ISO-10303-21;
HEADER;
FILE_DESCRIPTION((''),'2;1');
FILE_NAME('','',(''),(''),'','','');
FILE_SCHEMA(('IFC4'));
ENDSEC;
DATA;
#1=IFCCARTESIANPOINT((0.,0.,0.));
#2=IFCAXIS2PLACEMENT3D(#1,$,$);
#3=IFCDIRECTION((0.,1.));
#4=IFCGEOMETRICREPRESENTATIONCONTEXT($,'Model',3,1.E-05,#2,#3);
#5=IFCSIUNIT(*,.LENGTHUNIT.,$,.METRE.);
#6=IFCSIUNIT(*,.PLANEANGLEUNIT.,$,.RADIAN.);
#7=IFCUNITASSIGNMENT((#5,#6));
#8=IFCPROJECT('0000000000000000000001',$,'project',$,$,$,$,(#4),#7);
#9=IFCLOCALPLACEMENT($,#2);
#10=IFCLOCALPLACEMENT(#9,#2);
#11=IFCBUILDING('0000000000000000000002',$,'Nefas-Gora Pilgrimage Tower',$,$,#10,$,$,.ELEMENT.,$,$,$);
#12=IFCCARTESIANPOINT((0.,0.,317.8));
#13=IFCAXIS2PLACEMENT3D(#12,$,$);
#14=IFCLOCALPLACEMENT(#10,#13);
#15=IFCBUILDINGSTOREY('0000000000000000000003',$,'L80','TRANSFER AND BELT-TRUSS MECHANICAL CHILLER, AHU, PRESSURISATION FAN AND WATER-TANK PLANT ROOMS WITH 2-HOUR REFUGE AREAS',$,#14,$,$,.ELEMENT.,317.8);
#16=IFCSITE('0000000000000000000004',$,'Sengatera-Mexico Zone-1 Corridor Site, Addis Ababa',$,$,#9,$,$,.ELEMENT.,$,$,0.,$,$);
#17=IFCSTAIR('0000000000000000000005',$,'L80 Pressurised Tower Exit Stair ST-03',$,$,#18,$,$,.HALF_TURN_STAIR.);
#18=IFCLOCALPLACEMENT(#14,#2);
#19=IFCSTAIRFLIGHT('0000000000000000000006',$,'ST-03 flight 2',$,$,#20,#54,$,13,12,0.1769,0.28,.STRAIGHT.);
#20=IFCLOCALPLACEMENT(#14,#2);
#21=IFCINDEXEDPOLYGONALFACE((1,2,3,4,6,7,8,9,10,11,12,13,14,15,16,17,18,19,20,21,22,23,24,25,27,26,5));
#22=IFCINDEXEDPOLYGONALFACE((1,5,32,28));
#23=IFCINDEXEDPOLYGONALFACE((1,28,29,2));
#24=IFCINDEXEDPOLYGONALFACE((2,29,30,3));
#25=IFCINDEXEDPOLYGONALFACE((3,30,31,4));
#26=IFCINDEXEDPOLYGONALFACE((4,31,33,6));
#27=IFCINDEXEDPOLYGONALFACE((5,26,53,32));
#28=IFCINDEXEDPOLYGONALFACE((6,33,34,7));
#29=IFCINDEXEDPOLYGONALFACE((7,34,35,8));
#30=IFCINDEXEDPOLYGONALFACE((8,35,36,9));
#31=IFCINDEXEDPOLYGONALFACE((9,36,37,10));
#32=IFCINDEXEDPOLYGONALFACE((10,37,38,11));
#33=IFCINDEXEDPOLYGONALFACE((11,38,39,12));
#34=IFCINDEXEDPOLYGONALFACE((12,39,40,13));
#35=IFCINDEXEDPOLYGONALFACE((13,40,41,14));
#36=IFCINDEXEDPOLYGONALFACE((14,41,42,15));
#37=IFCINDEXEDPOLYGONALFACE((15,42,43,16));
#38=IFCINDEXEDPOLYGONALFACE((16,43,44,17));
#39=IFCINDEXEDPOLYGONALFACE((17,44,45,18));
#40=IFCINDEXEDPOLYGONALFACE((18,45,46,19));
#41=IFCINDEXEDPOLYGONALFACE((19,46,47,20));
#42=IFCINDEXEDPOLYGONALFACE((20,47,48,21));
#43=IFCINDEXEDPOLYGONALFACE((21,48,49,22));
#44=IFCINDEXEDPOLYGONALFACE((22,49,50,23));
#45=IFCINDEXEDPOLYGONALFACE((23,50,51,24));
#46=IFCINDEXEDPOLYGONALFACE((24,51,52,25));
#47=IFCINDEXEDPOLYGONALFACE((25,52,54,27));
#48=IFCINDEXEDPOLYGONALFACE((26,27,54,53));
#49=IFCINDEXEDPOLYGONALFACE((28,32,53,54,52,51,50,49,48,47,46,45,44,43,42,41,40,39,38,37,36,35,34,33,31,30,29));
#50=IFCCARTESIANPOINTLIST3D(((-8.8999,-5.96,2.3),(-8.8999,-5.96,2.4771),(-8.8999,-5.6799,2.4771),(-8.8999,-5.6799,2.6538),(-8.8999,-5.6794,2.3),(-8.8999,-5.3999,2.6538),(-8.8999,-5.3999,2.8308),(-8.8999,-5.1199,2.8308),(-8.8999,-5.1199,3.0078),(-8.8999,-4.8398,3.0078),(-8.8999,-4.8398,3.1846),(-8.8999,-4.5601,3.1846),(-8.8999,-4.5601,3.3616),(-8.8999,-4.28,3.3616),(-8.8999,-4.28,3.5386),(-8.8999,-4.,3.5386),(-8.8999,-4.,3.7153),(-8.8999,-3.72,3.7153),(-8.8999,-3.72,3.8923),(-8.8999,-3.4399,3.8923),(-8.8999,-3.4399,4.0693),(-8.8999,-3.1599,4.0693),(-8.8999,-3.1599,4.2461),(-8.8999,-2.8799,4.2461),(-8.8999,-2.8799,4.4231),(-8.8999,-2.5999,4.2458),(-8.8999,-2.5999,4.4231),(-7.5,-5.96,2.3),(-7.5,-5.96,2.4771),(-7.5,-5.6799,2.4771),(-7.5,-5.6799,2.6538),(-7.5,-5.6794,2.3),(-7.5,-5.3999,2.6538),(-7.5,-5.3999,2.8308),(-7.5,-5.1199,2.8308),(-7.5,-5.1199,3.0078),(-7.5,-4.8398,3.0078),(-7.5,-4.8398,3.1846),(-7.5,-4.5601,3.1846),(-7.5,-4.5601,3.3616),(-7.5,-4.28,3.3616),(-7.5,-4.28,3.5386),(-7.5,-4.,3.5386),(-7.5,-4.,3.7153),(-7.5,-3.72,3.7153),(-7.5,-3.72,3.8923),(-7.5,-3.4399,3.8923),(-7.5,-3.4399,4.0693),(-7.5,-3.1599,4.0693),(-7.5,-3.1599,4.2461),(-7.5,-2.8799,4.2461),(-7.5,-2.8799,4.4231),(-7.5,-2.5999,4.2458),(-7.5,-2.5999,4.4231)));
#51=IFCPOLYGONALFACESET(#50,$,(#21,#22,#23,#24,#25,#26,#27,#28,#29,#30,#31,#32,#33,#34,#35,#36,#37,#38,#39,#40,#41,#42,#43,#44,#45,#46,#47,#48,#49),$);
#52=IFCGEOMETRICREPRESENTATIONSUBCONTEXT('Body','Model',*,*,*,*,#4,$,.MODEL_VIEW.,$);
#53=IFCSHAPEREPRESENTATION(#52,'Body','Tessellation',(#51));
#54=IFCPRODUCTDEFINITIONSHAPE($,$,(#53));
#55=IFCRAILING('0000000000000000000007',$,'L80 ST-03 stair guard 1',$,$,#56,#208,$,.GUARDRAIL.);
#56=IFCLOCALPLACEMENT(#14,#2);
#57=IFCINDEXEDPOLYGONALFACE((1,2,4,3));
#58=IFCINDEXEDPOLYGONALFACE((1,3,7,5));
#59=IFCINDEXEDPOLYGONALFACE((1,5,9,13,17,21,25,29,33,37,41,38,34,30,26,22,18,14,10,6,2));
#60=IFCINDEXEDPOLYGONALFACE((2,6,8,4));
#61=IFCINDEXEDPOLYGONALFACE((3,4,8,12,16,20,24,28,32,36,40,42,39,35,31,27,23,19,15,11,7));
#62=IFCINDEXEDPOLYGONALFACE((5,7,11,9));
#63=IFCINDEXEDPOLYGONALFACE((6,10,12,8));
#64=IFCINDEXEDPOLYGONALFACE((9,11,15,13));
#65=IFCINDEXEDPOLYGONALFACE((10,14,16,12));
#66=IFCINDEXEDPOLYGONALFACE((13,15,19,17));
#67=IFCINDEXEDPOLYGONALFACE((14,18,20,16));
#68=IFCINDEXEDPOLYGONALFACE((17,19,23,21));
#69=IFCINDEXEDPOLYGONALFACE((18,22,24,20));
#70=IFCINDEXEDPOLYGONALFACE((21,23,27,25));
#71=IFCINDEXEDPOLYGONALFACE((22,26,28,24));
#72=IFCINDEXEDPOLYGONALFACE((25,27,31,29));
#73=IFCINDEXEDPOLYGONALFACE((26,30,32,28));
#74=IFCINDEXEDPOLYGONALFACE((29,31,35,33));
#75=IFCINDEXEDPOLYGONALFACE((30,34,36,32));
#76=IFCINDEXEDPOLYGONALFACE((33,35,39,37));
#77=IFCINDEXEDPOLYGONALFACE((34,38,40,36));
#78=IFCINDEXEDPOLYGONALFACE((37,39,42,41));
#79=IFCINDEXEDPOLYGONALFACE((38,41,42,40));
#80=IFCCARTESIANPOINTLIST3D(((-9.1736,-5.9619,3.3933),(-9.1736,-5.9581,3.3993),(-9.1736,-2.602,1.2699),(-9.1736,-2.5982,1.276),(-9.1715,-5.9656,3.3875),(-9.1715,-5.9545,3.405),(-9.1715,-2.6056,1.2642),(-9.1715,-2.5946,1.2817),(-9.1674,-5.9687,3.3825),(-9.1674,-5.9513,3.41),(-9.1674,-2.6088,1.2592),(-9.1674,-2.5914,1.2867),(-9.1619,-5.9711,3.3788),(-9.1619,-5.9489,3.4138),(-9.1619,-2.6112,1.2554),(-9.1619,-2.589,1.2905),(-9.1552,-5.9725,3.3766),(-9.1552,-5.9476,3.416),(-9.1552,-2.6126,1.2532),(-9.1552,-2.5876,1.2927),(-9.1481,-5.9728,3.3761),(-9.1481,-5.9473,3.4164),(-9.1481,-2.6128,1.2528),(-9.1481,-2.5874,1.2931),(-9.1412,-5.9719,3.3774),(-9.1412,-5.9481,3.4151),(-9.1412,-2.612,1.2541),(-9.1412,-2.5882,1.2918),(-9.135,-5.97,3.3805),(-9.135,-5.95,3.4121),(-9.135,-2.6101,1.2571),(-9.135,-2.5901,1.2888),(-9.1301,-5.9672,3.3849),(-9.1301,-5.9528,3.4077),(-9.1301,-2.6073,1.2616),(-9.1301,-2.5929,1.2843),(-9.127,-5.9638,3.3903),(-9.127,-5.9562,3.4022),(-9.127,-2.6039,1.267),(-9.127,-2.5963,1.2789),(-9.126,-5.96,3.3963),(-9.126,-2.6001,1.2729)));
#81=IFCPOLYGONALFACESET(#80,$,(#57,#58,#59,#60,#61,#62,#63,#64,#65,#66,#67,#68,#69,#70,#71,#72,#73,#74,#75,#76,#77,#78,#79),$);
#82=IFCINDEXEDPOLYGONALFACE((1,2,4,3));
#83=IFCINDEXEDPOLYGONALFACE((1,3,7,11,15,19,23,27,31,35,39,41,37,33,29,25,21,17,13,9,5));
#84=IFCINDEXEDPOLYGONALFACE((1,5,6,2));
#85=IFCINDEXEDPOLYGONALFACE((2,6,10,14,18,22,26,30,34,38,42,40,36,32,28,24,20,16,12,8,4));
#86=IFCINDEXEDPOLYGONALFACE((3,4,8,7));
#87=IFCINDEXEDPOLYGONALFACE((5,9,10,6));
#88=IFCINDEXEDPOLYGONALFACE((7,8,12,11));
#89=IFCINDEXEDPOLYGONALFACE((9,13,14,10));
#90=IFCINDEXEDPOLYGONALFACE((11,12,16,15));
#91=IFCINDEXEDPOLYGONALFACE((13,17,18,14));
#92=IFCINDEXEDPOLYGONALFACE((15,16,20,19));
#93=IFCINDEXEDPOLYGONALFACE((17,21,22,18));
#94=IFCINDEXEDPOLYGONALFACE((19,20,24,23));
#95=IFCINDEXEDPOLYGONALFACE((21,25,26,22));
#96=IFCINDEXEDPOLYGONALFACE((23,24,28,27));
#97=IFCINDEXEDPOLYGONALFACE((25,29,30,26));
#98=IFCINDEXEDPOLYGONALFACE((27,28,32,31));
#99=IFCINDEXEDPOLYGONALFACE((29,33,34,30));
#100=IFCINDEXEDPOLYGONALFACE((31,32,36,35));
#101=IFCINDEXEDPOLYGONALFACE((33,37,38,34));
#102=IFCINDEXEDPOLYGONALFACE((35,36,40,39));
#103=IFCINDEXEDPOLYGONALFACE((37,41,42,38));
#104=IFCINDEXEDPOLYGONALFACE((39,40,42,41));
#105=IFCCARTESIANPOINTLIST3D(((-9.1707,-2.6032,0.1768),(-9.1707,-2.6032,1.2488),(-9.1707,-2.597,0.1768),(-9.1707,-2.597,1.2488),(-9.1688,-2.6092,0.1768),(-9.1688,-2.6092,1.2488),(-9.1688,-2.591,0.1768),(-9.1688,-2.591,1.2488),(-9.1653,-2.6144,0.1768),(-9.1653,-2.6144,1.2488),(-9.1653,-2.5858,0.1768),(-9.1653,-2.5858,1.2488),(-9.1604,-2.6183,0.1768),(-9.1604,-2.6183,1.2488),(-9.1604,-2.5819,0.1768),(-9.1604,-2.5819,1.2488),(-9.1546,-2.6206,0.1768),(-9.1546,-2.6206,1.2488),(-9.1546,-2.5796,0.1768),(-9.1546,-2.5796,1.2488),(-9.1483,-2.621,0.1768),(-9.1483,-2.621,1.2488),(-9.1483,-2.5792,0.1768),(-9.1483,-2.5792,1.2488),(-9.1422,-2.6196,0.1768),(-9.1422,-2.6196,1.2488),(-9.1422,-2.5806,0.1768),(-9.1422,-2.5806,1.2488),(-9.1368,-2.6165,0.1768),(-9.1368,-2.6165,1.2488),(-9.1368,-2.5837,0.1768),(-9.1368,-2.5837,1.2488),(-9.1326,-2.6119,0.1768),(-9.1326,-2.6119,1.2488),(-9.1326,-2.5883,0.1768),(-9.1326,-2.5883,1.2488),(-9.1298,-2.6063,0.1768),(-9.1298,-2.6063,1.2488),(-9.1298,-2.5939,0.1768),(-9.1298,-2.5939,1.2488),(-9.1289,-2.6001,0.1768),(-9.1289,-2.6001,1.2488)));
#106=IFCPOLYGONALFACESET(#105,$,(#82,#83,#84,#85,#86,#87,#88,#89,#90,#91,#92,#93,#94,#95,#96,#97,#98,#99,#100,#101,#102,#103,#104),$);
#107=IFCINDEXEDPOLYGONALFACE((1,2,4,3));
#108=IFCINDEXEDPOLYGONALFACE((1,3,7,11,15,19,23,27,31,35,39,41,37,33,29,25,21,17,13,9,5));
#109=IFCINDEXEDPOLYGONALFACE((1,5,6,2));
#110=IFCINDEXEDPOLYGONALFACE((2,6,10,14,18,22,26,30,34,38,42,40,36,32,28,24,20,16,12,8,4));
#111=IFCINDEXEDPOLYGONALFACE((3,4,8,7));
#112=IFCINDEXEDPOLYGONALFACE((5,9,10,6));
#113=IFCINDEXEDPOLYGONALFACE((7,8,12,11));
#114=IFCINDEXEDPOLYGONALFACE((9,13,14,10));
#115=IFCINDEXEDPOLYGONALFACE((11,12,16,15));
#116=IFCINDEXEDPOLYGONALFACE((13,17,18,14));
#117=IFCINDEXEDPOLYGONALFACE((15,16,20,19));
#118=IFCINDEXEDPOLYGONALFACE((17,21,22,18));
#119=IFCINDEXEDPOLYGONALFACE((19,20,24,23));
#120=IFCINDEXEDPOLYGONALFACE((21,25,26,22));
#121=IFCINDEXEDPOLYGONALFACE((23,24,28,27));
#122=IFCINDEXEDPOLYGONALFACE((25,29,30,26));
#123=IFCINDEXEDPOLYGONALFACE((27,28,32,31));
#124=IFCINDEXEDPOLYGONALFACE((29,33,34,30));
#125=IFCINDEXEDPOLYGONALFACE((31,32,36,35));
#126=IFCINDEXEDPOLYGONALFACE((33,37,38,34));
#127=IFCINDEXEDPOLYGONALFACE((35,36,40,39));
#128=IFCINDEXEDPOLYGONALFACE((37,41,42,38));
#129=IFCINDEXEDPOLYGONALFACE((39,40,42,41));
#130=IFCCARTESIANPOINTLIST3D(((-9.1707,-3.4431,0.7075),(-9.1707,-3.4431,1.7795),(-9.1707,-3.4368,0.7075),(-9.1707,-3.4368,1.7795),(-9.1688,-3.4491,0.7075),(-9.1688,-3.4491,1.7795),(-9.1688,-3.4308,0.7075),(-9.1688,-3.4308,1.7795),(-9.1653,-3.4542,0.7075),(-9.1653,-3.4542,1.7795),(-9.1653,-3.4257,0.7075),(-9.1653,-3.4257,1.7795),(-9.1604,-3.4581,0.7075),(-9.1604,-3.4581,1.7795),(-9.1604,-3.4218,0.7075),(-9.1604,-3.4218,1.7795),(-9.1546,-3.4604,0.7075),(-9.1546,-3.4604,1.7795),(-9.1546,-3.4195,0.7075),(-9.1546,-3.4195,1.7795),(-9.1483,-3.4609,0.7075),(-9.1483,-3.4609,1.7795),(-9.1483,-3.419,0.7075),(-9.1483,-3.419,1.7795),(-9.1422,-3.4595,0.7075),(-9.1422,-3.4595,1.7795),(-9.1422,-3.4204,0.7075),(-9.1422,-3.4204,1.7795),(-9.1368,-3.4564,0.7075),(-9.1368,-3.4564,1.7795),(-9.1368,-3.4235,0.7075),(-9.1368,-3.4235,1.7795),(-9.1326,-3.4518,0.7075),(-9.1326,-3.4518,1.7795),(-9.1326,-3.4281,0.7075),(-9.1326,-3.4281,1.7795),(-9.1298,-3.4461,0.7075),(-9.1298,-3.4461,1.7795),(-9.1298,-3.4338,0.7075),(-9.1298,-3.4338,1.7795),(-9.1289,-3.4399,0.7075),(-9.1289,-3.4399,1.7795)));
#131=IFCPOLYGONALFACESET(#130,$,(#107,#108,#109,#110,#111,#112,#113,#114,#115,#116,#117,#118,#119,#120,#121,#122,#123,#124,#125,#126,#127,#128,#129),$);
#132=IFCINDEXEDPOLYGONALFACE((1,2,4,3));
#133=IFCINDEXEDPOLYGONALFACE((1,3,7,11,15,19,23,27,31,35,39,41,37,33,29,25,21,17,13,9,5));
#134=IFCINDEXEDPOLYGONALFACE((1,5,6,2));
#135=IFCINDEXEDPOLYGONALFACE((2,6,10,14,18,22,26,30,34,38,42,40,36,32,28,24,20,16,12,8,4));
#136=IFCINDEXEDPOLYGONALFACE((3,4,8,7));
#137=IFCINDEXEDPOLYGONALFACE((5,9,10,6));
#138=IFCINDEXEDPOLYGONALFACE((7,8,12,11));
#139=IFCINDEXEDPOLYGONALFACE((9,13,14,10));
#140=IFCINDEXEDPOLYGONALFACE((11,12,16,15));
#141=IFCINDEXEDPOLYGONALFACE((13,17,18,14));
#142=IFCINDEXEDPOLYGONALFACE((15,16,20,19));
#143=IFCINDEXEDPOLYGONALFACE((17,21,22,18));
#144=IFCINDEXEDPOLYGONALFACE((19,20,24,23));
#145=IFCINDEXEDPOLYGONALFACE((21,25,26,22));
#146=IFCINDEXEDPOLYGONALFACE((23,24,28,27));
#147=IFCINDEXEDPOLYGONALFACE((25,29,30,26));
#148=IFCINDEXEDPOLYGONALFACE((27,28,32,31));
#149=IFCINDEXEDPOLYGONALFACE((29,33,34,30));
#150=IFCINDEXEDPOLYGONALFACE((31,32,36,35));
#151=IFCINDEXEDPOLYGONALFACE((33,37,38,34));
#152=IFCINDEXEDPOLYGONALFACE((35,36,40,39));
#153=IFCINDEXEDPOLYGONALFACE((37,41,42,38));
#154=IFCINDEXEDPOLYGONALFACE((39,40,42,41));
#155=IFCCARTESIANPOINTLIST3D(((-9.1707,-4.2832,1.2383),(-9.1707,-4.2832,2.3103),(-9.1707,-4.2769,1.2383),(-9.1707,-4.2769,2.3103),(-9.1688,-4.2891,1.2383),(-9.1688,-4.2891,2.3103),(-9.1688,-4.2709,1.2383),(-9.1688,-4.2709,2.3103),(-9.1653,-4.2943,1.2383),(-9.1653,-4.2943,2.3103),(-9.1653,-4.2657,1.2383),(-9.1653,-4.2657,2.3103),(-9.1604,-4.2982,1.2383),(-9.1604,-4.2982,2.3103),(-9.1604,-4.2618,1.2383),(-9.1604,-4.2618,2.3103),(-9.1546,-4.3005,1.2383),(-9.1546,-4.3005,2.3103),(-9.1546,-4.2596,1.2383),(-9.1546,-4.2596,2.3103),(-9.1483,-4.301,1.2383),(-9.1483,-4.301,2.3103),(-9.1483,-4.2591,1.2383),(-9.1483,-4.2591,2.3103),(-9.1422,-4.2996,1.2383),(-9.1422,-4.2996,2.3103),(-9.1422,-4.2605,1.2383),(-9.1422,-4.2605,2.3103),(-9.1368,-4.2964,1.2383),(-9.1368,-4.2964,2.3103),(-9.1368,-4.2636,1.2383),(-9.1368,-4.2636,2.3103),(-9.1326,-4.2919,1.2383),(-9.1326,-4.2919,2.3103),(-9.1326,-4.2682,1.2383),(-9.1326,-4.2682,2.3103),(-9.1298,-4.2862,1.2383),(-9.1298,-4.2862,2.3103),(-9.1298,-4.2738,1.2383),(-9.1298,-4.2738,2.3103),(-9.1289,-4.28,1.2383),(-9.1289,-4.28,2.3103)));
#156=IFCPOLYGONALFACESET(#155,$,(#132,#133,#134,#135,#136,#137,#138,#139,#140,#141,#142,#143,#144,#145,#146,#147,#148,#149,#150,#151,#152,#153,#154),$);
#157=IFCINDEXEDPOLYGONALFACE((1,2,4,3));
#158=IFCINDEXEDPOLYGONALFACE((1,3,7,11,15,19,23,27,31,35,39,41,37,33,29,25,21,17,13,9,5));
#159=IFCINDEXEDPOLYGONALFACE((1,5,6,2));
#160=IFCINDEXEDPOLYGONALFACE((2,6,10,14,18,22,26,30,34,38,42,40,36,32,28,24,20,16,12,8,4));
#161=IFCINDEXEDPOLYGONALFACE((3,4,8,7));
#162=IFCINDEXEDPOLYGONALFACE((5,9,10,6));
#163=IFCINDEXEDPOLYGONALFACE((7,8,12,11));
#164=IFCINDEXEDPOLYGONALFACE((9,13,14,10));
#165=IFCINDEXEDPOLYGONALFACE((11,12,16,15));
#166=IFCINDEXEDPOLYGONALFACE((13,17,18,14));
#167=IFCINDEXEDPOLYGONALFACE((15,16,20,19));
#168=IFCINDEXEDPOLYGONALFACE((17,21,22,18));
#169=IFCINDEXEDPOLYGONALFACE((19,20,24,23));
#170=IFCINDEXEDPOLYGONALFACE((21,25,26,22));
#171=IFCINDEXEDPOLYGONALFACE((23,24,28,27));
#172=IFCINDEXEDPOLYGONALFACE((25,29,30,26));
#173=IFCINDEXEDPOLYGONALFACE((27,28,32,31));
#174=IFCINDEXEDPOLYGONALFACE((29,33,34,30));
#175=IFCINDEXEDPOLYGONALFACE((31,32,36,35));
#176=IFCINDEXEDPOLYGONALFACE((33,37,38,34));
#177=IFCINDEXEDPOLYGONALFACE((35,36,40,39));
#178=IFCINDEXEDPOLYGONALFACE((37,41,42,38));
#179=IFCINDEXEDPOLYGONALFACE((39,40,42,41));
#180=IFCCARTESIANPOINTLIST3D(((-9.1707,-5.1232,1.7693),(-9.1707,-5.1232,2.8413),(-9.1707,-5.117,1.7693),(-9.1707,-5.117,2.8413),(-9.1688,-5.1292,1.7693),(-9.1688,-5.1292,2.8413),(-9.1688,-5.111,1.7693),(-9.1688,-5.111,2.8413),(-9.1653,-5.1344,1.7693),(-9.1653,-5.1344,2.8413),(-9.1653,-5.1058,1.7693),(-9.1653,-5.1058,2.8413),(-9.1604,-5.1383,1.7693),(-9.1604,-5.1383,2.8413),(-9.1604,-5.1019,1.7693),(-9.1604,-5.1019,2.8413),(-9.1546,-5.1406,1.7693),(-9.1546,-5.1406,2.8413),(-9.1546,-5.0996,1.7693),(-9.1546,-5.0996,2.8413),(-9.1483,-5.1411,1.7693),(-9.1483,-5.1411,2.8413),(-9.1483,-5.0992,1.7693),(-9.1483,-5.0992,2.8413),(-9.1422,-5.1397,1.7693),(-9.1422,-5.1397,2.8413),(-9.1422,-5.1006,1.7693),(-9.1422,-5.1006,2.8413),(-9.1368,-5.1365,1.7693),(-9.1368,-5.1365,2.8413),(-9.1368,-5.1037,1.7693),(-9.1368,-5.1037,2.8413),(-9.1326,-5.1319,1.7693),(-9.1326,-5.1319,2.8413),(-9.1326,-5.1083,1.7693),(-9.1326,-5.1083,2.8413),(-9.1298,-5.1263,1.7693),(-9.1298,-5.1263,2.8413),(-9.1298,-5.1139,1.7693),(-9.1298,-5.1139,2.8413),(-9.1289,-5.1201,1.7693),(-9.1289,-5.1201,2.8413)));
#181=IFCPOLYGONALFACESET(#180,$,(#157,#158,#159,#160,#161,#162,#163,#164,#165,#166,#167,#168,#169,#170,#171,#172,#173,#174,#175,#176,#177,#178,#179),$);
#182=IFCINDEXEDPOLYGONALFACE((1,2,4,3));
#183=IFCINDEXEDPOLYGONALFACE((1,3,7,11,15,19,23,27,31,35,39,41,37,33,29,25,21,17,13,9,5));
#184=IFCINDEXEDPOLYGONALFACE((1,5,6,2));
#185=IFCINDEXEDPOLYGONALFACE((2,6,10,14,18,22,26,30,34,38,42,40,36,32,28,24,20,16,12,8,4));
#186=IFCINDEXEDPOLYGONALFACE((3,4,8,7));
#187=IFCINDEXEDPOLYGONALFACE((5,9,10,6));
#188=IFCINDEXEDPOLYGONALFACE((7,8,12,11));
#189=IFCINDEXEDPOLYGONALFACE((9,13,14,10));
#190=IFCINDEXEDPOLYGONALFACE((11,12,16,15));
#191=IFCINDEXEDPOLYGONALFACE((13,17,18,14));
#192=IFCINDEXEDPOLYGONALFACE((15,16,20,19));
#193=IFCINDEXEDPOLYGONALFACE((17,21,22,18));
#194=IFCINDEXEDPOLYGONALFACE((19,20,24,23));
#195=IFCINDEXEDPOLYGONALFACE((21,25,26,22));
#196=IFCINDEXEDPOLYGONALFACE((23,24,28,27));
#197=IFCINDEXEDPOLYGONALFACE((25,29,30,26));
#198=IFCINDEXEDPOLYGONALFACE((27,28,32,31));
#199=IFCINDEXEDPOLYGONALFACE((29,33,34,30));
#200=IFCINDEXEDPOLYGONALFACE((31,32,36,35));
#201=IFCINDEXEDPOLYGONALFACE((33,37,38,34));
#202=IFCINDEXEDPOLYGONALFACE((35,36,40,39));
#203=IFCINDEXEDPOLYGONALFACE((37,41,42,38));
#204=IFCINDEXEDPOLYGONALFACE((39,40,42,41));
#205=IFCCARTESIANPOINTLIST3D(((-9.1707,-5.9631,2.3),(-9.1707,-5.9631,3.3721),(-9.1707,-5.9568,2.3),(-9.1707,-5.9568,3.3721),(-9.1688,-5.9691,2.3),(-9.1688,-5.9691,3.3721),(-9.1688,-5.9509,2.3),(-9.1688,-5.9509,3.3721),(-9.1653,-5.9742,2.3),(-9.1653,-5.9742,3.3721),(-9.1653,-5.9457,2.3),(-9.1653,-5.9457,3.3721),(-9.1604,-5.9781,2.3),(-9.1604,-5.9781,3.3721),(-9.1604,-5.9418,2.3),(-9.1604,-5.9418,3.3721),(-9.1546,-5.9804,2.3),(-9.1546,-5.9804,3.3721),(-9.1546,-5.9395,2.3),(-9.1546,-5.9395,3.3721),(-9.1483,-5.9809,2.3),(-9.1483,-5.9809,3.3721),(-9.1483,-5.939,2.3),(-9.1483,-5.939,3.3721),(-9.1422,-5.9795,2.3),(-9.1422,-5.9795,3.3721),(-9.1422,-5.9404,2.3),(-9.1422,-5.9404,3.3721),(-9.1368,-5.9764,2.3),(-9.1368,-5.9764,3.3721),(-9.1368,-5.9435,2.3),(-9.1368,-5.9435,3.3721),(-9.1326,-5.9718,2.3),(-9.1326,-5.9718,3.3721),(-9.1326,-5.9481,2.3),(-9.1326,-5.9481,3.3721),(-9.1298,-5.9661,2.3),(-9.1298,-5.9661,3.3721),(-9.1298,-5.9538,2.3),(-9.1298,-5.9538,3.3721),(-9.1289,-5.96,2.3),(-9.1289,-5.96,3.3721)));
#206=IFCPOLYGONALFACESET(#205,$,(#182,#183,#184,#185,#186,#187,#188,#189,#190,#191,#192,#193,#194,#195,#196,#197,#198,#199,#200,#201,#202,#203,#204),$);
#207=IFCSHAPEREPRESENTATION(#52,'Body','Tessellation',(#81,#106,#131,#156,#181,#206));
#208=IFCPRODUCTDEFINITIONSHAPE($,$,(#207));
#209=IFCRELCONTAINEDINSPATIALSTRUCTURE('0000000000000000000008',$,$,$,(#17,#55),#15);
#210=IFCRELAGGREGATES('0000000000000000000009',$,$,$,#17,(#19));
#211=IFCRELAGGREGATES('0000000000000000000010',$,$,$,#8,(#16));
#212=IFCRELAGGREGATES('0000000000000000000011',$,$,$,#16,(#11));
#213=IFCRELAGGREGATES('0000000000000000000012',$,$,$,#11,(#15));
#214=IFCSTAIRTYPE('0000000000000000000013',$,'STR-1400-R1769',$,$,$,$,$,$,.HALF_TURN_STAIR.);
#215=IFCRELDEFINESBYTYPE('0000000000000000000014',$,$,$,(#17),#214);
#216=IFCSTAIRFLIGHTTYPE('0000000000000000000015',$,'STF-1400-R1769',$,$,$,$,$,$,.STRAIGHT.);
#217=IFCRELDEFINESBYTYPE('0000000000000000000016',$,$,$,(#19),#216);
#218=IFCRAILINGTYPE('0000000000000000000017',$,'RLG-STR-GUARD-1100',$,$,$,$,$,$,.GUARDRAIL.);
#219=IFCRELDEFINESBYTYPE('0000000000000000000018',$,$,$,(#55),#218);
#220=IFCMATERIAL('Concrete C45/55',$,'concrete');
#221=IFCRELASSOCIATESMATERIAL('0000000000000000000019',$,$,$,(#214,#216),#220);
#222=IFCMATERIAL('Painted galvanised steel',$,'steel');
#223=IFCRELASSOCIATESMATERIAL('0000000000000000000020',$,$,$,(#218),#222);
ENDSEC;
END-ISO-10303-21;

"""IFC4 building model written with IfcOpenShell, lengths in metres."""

from ifc_helpers import new_model, si_unit, direction, frame, origin, origin_2d, place, context, subcontext, project, spatial, polyline, circle, outline, extrude, source, transform, mapped, material, type_object, element, aggregate, save


model = new_model("IFC4")

# Units and contexts
model_context = context("Model", 3, precision=1e-05, world=origin(), true_north=direction((0.0, 1.0)))
body_context = subcontext(model_context, "Body", "Model", "MODEL_VIEW")
ifc_project = project(units=[si_unit("LENGTHUNIT", "METRE"), si_unit("PLANEANGLEUNIT", "RADIAN")], contexts=[model_context])

# Site, building, storey
site_placement = place(None, origin())
site = spatial("IfcSite", under=ifc_project, at=site_placement, Name="Sengatera-Mexico Zone-1 Corridor Site, Addis Ababa", CompositionType="ELEMENT", RefElevation=0.0)
building_placement = place(site_placement, origin())
building = spatial("IfcBuilding", under=site, at=building_placement, Name="Nefas-Gora Pilgrimage Tower", CompositionType="ELEMENT")
storey_placement = place(building_placement, frame((0.0, 0.0, 317.8)))
storey = spatial("IfcBuildingStorey", under=building, at=storey_placement, Name="L80", Description="TRANSFER AND BELT-TRUSS MECHANICAL CHILLER, AHU, PRESSURISATION FAN AND WATER-TANK PLANT ROOMS WITH 2-HOUR REFUGE AREAS", CompositionType="ELEMENT", Elevation=317.8)

# Shared definitions
ifc_material_1 = material(Name="Concrete C45/55", Category="concrete")

# Stair, stair flight
stair_type = type_object("IfcStairType", Name="STR-1400-R1769", PredefinedType="HALF_TURN_STAIR", material=ifc_material_1)
stair_placement = place(storey_placement, origin())
stair = element("IfcStair", 1, at=stair_placement, inside=storey, type_object=stair_type, Name="L80 Pressurised Tower Exit Stair ST-03", PredefinedType="HALF_TURN_STAIR")
stair_flight_type = type_object("IfcStairFlightType", Name="STF-1400-R1769", PredefinedType="STRAIGHT", material=ifc_material_1)
shared_shape_1 = source(origin(), body_context, "Body", "SweptSolid", [
    extrude(outline(polyline([(0.0, 0.0), (0.0, 0.177), (0.28, 0.177), (0.28, 0.3538), (0.5601, 0.3538), (0.5601, 0.5308), (0.8401, 0.5308), (0.8401, 0.7078), (1.1201, 0.7078), (1.1201, 0.8845), (1.3999, 0.8845), (1.3999, 1.0615), (1.6799, 1.0615), (1.6799, 1.2385), (1.96, 1.2385), (1.96, 1.4153), (2.24, 1.4153), (2.24, 1.5923), (2.52, 1.5923), (2.52, 1.7693), (2.8, 1.7693), (2.8, 1.946), (3.0801, 1.946), (3.0801, 2.123), (3.3601, 2.123), (3.3601, 2.3), (3.3601, 1.9458), (0.2805, 0.0), (0.0, 0.0)])), frame((0.0, 0.7, 0.0), z_axis=(0.0, -1.0, 0.0), x_axis=(1.0, 0.0, 0.0)), (0.0, 0.0, 1.0), 1.3999),
])
stair_flight_1_placement = place(storey_placement, frame((-8.2, -5.96, 2.3), z_axis=(0.0, 0.0, 1.0), x_axis=(0.0, 1.0, 0.0)))
stair_flight_1 = element("IfcStairFlight", 2, at=stair_flight_1_placement, type_object=stair_flight_type, Name="ST-03 flight 2", NumberOfRisers=13, NumberOfTreads=12, PredefinedType="STRAIGHT", RiserHeight=0.1769, TreadLength=0.28, context=body_context, shape_type="MappedRepresentation", body=[
    mapped(shared_shape_1, transform((0.0, 0.0, 0.0), x_axis=(1.0, 0.0, 0.0), y_axis=(0.0, 1.0, 0.0), z_axis=(0.0, 0.0, 1.0), scale=1.0)),
])
aggregate(stair, [stair_flight_1])

# Railing
ifc_material_2 = material(Name="Painted galvanised steel", Category="steel")
railing_type_1 = type_object("IfcRailingType", Name="RLG-STR-GUARD-1100", PredefinedType="GUARDRAIL", material=ifc_material_2)
railing_1_placement = place(storey_placement, frame((-9.1499, -2.6001, 0.1768)))
element("IfcRailing", 3, at=railing_1_placement, inside=storey, type_object=railing_type_1, Name="L80 ST-03 stair guard 1", PredefinedType="GUARDRAIL", context=body_context, shape_type="SweptSolid", body=[
    extrude(circle(Radius=0.0239, at=origin_2d()), frame((0.0, 0.0, 1.0962), z_axis=(0.0, -0.845344, 0.534222), x_axis=(1.0, 0.0, 0.0)), (0.0, 0.0, 1.0), 3.9746),
    extrude(circle(Radius=0.021, at=origin_2d()), origin(), (0.0, 0.0, 1.0), 1.072),
    extrude(circle(Radius=0.021, at=origin_2d()), frame((0.0, -0.8398, 0.5308)), (0.0, 0.0, 1.0), 1.072),
    extrude(circle(Radius=0.021, at=origin_2d()), frame((0.0, -1.6799, 1.0615)), (0.0, 0.0, 1.0), 1.072),
    extrude(circle(Radius=0.021, at=origin_2d()), frame((0.0, -2.52, 1.5925)), (0.0, 0.0, 1.0), 1.072),
    extrude(circle(Radius=0.021, at=origin_2d()), frame((0.0, -3.3599, 2.1233)), (0.0, 0.0, 1.0), 1.072),
])

save(model, "model.ifc")
